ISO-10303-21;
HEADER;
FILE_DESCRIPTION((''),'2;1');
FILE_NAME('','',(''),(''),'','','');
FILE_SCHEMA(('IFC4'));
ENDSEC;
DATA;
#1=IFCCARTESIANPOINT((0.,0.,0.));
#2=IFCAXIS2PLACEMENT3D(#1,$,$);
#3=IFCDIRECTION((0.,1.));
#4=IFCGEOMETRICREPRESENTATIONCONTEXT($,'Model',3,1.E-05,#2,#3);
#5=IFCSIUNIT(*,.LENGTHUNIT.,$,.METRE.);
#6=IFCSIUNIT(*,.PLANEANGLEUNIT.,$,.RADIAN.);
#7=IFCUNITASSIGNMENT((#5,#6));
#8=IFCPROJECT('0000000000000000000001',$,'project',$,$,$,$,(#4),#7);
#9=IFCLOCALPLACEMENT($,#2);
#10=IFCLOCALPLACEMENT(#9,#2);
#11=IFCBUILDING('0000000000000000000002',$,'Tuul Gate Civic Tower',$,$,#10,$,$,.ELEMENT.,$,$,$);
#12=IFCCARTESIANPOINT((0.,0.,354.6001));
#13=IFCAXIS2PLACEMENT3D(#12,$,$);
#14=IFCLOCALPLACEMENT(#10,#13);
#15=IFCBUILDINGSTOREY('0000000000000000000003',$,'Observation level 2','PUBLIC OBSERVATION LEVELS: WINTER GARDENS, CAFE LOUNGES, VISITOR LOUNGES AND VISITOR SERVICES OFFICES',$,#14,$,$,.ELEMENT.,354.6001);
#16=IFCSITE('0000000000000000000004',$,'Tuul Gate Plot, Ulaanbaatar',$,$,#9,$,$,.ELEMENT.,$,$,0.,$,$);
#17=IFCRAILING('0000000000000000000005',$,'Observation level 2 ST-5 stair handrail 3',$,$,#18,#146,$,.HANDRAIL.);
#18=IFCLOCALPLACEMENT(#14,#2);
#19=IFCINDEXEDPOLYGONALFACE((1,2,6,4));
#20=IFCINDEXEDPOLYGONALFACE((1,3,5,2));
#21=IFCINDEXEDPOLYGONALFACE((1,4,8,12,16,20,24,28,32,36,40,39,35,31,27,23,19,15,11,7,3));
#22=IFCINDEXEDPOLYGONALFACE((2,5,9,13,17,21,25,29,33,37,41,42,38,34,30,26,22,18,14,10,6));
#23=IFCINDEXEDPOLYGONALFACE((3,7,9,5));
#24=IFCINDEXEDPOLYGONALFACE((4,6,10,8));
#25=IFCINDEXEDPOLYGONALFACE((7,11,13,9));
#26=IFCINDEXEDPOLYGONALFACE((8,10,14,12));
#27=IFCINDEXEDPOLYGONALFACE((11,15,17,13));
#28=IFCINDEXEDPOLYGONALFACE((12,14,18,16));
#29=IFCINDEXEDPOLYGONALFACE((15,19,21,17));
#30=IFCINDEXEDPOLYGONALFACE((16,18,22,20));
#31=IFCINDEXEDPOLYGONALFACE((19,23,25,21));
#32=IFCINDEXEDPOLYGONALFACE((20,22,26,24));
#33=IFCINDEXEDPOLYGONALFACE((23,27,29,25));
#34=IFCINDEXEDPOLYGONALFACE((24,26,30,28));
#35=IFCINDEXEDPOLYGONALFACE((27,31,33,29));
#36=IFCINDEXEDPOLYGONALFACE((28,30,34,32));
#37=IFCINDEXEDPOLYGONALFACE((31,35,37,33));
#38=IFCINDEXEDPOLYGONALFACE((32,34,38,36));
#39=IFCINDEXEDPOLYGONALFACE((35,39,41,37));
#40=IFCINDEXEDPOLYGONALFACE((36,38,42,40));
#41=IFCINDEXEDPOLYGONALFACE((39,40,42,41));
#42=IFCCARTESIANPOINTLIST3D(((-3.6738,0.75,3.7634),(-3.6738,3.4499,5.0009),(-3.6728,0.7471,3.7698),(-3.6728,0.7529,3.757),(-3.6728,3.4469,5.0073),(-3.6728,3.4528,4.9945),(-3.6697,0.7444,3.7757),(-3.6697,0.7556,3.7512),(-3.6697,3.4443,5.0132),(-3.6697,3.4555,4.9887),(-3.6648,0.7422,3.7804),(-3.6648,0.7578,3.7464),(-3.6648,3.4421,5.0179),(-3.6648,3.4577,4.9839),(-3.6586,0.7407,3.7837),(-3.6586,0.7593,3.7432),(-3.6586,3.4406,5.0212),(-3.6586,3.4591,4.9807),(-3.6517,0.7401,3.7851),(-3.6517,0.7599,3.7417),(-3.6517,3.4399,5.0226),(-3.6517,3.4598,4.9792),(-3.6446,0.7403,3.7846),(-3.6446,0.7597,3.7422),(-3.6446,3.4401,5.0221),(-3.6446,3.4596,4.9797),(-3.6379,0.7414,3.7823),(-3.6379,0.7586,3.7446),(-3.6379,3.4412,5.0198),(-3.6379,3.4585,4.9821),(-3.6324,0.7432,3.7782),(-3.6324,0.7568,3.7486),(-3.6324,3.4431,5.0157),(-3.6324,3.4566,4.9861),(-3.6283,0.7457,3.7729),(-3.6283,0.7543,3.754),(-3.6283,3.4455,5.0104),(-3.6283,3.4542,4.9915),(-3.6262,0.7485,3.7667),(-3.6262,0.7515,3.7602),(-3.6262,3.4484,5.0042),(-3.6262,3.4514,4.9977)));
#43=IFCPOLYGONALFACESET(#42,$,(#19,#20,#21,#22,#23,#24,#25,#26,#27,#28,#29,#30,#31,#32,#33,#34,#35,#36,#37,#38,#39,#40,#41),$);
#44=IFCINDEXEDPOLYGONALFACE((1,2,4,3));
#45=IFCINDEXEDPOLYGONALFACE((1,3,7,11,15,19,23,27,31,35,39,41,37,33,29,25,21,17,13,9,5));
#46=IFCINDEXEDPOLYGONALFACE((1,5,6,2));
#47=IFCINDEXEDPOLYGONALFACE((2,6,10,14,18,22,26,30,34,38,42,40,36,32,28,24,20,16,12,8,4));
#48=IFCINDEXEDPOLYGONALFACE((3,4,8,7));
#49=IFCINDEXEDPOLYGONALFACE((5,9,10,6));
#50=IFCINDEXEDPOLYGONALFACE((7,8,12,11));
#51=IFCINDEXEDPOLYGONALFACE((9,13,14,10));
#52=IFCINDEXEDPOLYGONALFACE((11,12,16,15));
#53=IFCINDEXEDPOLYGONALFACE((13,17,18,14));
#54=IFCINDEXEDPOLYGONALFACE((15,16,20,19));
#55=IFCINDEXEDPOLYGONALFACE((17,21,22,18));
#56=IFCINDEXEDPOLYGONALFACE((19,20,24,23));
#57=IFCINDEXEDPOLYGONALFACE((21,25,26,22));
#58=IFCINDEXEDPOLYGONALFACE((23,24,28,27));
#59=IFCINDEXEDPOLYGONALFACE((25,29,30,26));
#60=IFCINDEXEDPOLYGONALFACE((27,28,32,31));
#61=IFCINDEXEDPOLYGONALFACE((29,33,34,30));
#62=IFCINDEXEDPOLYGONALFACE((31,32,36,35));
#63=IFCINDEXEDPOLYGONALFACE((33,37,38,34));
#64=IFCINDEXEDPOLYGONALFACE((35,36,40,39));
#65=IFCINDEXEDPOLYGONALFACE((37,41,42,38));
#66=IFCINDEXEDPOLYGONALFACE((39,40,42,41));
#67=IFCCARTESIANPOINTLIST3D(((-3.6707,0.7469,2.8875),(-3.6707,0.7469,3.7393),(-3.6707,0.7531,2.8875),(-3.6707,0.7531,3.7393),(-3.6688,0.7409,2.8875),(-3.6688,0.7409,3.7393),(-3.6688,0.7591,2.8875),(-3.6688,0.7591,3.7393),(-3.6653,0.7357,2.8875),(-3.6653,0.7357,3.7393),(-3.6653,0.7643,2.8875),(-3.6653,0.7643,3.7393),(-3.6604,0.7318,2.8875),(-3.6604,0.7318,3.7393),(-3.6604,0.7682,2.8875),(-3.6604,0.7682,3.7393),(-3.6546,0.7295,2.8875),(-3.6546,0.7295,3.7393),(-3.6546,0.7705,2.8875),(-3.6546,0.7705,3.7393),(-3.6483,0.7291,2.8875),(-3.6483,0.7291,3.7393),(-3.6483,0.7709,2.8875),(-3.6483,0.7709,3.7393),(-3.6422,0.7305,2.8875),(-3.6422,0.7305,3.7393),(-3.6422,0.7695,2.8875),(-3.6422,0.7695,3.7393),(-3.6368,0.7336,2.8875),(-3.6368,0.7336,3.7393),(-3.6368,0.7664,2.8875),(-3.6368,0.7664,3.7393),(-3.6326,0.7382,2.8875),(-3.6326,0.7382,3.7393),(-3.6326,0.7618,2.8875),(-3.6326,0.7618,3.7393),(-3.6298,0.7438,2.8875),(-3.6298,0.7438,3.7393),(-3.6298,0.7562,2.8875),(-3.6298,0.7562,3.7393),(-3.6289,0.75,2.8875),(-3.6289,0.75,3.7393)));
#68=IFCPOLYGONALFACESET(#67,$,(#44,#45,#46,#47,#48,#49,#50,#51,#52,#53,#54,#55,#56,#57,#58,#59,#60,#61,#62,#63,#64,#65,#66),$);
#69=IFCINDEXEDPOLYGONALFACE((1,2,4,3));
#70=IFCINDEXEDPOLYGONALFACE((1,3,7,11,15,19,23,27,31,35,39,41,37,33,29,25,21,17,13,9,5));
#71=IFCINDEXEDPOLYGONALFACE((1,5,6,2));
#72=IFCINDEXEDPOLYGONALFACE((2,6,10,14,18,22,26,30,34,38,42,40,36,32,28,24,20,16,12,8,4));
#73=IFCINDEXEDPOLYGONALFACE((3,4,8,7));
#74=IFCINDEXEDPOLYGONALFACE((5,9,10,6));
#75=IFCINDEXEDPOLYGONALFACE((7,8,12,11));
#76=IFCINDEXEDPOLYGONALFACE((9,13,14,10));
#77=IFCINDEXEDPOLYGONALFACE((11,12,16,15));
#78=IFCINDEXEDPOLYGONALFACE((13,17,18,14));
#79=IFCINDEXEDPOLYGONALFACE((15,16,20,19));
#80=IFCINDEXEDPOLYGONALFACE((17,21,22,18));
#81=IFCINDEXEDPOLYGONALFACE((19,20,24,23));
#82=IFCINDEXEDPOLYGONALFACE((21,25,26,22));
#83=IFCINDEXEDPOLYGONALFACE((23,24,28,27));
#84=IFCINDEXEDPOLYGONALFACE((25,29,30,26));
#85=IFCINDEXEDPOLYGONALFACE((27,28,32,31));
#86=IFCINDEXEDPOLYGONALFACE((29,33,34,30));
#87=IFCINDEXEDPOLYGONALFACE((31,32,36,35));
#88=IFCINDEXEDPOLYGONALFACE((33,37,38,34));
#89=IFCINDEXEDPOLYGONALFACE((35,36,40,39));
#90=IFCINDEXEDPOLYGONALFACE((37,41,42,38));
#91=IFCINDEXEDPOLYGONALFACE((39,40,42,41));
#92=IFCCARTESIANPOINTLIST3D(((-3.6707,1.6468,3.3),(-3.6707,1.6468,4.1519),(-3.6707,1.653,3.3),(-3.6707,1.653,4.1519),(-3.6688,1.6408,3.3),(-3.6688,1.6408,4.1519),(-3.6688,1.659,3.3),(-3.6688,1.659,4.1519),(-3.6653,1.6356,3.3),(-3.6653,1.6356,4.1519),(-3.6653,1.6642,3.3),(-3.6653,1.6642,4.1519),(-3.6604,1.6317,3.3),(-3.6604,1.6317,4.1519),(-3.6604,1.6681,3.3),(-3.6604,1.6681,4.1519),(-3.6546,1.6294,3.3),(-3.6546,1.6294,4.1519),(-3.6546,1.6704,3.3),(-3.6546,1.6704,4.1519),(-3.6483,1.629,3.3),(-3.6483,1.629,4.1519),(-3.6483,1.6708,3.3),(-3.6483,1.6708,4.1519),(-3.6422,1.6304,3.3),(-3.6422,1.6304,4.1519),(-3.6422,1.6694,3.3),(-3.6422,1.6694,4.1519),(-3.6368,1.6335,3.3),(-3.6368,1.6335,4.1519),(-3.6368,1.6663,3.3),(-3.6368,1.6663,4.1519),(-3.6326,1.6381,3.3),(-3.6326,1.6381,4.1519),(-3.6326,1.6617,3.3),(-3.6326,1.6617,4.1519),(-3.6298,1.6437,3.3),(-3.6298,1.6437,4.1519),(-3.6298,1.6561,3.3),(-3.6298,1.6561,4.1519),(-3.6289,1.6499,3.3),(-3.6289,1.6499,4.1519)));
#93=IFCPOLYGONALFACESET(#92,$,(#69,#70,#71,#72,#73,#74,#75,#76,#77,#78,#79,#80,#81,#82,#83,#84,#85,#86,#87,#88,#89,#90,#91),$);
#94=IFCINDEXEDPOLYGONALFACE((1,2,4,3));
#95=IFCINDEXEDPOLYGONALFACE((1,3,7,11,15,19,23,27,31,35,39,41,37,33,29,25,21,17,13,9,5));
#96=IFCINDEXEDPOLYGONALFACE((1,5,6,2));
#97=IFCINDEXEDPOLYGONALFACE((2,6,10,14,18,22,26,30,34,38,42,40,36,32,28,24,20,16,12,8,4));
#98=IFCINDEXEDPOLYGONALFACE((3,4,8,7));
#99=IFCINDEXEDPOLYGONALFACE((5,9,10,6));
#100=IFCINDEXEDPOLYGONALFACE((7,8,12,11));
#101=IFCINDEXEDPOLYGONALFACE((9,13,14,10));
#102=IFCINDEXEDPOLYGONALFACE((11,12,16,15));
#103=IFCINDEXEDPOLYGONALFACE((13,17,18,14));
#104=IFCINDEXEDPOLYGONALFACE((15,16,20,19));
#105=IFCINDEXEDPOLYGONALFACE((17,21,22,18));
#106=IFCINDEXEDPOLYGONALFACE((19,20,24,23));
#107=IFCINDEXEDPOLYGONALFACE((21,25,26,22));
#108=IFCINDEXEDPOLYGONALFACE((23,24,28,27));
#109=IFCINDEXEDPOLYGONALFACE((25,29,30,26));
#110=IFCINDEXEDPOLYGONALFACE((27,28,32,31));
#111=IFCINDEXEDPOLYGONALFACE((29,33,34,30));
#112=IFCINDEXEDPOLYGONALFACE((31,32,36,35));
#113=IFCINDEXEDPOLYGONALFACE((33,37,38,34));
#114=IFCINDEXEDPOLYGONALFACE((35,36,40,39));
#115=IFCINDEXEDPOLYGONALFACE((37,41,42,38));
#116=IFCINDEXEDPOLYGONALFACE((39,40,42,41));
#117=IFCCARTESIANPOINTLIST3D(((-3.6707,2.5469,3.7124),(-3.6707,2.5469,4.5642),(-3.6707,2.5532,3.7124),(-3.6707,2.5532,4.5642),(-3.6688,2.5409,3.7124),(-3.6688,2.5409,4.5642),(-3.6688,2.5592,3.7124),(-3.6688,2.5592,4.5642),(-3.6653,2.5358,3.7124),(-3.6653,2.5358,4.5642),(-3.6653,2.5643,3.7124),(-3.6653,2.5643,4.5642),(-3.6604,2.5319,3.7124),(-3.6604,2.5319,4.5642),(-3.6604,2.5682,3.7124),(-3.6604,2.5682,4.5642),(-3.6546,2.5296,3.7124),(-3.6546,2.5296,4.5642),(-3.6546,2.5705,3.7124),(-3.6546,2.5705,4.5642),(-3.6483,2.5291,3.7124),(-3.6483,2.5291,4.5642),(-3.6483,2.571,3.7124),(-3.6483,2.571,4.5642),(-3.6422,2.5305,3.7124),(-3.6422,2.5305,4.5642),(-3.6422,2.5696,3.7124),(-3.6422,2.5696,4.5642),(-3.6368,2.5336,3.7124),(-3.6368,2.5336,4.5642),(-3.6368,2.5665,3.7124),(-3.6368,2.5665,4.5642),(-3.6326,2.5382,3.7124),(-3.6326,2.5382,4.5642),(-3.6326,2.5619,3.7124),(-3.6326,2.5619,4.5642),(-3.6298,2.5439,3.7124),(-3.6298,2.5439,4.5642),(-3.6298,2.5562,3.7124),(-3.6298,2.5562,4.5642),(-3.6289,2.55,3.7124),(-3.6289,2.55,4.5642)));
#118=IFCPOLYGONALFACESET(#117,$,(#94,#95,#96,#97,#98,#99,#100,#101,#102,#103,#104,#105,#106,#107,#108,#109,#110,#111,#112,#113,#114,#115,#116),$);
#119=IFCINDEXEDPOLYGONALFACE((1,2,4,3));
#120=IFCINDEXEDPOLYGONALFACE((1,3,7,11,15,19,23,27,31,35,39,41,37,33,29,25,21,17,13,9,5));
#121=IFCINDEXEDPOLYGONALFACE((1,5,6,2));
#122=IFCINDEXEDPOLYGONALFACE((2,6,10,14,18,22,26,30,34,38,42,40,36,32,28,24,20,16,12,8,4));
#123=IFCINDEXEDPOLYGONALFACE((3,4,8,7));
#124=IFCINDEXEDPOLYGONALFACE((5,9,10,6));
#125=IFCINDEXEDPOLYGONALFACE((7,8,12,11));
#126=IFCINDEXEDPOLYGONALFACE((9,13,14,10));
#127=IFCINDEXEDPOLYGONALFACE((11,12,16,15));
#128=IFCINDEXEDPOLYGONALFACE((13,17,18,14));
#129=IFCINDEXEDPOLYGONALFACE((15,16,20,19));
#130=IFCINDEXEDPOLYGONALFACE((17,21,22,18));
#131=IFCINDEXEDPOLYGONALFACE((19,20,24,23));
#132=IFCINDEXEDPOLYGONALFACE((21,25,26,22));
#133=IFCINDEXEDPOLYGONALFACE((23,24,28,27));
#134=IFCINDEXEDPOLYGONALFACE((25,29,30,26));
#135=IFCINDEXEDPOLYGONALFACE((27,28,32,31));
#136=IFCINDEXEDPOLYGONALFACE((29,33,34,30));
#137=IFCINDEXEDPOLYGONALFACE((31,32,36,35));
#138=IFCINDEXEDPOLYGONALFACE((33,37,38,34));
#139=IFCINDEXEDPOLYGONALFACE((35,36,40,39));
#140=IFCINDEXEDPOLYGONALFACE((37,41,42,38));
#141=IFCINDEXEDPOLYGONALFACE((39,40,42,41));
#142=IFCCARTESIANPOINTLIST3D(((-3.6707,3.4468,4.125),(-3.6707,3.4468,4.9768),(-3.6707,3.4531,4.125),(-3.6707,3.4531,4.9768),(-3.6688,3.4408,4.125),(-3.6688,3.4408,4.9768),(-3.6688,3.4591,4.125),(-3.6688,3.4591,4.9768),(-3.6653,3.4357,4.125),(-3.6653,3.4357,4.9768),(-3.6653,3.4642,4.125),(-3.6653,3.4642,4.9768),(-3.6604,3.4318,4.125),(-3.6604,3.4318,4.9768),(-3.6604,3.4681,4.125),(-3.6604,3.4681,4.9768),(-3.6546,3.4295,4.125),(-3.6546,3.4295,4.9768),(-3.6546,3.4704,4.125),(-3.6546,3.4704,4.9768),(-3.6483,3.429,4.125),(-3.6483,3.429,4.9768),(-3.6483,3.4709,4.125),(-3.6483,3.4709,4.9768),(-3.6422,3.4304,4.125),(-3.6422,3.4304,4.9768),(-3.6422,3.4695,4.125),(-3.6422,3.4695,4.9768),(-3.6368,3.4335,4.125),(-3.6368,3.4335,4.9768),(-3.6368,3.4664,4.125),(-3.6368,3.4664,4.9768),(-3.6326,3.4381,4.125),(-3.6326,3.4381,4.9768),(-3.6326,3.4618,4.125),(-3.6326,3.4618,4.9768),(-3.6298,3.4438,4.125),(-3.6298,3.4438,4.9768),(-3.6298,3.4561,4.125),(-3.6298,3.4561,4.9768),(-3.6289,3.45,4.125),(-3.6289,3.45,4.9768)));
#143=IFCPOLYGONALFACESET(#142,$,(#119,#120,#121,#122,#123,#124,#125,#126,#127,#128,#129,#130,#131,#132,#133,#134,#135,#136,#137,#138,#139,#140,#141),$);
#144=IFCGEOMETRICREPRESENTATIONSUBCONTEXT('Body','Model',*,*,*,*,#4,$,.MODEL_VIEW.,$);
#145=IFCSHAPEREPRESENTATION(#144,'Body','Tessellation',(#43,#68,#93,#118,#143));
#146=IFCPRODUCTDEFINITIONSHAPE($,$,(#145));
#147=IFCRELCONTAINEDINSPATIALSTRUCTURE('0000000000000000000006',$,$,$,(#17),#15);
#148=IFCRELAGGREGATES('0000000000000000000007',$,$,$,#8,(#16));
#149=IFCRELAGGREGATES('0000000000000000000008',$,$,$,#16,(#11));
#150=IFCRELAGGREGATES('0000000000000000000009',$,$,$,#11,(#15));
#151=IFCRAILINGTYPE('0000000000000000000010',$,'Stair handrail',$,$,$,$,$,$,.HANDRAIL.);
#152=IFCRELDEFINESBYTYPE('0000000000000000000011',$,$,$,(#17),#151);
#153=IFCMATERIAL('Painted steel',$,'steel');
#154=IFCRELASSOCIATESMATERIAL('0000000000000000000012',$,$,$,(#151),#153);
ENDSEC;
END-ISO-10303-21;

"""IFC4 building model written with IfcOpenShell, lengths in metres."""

from ifc_helpers import new_model, si_unit, direction, frame, origin, origin_2d, place, context, subcontext, project, spatial, circle, extrude, material, type_object, element, save


model = new_model("IFC4")

# Units and contexts
model_context = context("Model", 3, precision=1e-05, world=origin(), true_north=direction((0.0, 1.0)))
body_context = subcontext(model_context, "Body", "Model", "MODEL_VIEW")
ifc_project = project(units=[si_unit("LENGTHUNIT", "METRE"), si_unit("PLANEANGLEUNIT", "RADIAN")], contexts=[model_context])

# Site, building, storey
site_placement = place(None, origin())
site = spatial("IfcSite", under=ifc_project, at=site_placement, Name="Tuul Gate Plot, Ulaanbaatar", CompositionType="ELEMENT", RefElevation=0.0)
building_placement = place(site_placement, origin())
building = spatial("IfcBuilding", under=site, at=building_placement, Name="Tuul Gate Civic Tower", CompositionType="ELEMENT")
storey_placement = place(building_placement, frame((0.0, 0.0, 354.6001)))
storey = spatial("IfcBuildingStorey", under=building, at=storey_placement, Name="Observation level 2", Description="PUBLIC OBSERVATION LEVELS: WINTER GARDENS, CAFE LOUNGES, VISITOR LOUNGES AND VISITOR SERVICES OFFICES", CompositionType="ELEMENT", Elevation=354.6001)

# Railing
ifc_material_1 = material(Name="Painted steel", Category="steel")
railing_type_1 = type_object("IfcRailingType", Name="Stair handrail", PredefinedType="HANDRAIL", material=ifc_material_1)
railing_1_placement = place(storey_placement, frame((-3.6499, 0.75, 2.8875)))
element("IfcRailing", 1, at=railing_1_placement, inside=storey, type_object=railing_type_1, Name="Observation level 2 ST-5 stair handrail 3", PredefinedType="HANDRAIL", context=body_context, shape_type="SweptSolid", body=[
    extrude(circle(Radius=0.0239, at=origin_2d()), frame((0.0, 0.0, 0.876), z_axis=(0.0, 0.909056, 0.416675), x_axis=(-1.0, 0.0, 0.0)), (0.0, 0.0, 1.0), 2.97),
    extrude(circle(Radius=0.021, at=origin_2d()), origin(), (0.0, 0.0, 1.0), 0.8518),
    extrude(circle(Radius=0.021, at=origin_2d()), frame((0.0, 0.8999, 0.4126)), (0.0, 0.0, 1.0), 0.8518),
    extrude(circle(Radius=0.021, at=origin_2d()), frame((0.0, 1.8, 0.825)), (0.0, 0.0, 1.0), 0.8518),
    extrude(circle(Radius=0.021, at=origin_2d()), frame((0.0, 2.7, 1.2375)), (0.0, 0.0, 1.0), 0.8518),
])

save(model, "model.ifc")
